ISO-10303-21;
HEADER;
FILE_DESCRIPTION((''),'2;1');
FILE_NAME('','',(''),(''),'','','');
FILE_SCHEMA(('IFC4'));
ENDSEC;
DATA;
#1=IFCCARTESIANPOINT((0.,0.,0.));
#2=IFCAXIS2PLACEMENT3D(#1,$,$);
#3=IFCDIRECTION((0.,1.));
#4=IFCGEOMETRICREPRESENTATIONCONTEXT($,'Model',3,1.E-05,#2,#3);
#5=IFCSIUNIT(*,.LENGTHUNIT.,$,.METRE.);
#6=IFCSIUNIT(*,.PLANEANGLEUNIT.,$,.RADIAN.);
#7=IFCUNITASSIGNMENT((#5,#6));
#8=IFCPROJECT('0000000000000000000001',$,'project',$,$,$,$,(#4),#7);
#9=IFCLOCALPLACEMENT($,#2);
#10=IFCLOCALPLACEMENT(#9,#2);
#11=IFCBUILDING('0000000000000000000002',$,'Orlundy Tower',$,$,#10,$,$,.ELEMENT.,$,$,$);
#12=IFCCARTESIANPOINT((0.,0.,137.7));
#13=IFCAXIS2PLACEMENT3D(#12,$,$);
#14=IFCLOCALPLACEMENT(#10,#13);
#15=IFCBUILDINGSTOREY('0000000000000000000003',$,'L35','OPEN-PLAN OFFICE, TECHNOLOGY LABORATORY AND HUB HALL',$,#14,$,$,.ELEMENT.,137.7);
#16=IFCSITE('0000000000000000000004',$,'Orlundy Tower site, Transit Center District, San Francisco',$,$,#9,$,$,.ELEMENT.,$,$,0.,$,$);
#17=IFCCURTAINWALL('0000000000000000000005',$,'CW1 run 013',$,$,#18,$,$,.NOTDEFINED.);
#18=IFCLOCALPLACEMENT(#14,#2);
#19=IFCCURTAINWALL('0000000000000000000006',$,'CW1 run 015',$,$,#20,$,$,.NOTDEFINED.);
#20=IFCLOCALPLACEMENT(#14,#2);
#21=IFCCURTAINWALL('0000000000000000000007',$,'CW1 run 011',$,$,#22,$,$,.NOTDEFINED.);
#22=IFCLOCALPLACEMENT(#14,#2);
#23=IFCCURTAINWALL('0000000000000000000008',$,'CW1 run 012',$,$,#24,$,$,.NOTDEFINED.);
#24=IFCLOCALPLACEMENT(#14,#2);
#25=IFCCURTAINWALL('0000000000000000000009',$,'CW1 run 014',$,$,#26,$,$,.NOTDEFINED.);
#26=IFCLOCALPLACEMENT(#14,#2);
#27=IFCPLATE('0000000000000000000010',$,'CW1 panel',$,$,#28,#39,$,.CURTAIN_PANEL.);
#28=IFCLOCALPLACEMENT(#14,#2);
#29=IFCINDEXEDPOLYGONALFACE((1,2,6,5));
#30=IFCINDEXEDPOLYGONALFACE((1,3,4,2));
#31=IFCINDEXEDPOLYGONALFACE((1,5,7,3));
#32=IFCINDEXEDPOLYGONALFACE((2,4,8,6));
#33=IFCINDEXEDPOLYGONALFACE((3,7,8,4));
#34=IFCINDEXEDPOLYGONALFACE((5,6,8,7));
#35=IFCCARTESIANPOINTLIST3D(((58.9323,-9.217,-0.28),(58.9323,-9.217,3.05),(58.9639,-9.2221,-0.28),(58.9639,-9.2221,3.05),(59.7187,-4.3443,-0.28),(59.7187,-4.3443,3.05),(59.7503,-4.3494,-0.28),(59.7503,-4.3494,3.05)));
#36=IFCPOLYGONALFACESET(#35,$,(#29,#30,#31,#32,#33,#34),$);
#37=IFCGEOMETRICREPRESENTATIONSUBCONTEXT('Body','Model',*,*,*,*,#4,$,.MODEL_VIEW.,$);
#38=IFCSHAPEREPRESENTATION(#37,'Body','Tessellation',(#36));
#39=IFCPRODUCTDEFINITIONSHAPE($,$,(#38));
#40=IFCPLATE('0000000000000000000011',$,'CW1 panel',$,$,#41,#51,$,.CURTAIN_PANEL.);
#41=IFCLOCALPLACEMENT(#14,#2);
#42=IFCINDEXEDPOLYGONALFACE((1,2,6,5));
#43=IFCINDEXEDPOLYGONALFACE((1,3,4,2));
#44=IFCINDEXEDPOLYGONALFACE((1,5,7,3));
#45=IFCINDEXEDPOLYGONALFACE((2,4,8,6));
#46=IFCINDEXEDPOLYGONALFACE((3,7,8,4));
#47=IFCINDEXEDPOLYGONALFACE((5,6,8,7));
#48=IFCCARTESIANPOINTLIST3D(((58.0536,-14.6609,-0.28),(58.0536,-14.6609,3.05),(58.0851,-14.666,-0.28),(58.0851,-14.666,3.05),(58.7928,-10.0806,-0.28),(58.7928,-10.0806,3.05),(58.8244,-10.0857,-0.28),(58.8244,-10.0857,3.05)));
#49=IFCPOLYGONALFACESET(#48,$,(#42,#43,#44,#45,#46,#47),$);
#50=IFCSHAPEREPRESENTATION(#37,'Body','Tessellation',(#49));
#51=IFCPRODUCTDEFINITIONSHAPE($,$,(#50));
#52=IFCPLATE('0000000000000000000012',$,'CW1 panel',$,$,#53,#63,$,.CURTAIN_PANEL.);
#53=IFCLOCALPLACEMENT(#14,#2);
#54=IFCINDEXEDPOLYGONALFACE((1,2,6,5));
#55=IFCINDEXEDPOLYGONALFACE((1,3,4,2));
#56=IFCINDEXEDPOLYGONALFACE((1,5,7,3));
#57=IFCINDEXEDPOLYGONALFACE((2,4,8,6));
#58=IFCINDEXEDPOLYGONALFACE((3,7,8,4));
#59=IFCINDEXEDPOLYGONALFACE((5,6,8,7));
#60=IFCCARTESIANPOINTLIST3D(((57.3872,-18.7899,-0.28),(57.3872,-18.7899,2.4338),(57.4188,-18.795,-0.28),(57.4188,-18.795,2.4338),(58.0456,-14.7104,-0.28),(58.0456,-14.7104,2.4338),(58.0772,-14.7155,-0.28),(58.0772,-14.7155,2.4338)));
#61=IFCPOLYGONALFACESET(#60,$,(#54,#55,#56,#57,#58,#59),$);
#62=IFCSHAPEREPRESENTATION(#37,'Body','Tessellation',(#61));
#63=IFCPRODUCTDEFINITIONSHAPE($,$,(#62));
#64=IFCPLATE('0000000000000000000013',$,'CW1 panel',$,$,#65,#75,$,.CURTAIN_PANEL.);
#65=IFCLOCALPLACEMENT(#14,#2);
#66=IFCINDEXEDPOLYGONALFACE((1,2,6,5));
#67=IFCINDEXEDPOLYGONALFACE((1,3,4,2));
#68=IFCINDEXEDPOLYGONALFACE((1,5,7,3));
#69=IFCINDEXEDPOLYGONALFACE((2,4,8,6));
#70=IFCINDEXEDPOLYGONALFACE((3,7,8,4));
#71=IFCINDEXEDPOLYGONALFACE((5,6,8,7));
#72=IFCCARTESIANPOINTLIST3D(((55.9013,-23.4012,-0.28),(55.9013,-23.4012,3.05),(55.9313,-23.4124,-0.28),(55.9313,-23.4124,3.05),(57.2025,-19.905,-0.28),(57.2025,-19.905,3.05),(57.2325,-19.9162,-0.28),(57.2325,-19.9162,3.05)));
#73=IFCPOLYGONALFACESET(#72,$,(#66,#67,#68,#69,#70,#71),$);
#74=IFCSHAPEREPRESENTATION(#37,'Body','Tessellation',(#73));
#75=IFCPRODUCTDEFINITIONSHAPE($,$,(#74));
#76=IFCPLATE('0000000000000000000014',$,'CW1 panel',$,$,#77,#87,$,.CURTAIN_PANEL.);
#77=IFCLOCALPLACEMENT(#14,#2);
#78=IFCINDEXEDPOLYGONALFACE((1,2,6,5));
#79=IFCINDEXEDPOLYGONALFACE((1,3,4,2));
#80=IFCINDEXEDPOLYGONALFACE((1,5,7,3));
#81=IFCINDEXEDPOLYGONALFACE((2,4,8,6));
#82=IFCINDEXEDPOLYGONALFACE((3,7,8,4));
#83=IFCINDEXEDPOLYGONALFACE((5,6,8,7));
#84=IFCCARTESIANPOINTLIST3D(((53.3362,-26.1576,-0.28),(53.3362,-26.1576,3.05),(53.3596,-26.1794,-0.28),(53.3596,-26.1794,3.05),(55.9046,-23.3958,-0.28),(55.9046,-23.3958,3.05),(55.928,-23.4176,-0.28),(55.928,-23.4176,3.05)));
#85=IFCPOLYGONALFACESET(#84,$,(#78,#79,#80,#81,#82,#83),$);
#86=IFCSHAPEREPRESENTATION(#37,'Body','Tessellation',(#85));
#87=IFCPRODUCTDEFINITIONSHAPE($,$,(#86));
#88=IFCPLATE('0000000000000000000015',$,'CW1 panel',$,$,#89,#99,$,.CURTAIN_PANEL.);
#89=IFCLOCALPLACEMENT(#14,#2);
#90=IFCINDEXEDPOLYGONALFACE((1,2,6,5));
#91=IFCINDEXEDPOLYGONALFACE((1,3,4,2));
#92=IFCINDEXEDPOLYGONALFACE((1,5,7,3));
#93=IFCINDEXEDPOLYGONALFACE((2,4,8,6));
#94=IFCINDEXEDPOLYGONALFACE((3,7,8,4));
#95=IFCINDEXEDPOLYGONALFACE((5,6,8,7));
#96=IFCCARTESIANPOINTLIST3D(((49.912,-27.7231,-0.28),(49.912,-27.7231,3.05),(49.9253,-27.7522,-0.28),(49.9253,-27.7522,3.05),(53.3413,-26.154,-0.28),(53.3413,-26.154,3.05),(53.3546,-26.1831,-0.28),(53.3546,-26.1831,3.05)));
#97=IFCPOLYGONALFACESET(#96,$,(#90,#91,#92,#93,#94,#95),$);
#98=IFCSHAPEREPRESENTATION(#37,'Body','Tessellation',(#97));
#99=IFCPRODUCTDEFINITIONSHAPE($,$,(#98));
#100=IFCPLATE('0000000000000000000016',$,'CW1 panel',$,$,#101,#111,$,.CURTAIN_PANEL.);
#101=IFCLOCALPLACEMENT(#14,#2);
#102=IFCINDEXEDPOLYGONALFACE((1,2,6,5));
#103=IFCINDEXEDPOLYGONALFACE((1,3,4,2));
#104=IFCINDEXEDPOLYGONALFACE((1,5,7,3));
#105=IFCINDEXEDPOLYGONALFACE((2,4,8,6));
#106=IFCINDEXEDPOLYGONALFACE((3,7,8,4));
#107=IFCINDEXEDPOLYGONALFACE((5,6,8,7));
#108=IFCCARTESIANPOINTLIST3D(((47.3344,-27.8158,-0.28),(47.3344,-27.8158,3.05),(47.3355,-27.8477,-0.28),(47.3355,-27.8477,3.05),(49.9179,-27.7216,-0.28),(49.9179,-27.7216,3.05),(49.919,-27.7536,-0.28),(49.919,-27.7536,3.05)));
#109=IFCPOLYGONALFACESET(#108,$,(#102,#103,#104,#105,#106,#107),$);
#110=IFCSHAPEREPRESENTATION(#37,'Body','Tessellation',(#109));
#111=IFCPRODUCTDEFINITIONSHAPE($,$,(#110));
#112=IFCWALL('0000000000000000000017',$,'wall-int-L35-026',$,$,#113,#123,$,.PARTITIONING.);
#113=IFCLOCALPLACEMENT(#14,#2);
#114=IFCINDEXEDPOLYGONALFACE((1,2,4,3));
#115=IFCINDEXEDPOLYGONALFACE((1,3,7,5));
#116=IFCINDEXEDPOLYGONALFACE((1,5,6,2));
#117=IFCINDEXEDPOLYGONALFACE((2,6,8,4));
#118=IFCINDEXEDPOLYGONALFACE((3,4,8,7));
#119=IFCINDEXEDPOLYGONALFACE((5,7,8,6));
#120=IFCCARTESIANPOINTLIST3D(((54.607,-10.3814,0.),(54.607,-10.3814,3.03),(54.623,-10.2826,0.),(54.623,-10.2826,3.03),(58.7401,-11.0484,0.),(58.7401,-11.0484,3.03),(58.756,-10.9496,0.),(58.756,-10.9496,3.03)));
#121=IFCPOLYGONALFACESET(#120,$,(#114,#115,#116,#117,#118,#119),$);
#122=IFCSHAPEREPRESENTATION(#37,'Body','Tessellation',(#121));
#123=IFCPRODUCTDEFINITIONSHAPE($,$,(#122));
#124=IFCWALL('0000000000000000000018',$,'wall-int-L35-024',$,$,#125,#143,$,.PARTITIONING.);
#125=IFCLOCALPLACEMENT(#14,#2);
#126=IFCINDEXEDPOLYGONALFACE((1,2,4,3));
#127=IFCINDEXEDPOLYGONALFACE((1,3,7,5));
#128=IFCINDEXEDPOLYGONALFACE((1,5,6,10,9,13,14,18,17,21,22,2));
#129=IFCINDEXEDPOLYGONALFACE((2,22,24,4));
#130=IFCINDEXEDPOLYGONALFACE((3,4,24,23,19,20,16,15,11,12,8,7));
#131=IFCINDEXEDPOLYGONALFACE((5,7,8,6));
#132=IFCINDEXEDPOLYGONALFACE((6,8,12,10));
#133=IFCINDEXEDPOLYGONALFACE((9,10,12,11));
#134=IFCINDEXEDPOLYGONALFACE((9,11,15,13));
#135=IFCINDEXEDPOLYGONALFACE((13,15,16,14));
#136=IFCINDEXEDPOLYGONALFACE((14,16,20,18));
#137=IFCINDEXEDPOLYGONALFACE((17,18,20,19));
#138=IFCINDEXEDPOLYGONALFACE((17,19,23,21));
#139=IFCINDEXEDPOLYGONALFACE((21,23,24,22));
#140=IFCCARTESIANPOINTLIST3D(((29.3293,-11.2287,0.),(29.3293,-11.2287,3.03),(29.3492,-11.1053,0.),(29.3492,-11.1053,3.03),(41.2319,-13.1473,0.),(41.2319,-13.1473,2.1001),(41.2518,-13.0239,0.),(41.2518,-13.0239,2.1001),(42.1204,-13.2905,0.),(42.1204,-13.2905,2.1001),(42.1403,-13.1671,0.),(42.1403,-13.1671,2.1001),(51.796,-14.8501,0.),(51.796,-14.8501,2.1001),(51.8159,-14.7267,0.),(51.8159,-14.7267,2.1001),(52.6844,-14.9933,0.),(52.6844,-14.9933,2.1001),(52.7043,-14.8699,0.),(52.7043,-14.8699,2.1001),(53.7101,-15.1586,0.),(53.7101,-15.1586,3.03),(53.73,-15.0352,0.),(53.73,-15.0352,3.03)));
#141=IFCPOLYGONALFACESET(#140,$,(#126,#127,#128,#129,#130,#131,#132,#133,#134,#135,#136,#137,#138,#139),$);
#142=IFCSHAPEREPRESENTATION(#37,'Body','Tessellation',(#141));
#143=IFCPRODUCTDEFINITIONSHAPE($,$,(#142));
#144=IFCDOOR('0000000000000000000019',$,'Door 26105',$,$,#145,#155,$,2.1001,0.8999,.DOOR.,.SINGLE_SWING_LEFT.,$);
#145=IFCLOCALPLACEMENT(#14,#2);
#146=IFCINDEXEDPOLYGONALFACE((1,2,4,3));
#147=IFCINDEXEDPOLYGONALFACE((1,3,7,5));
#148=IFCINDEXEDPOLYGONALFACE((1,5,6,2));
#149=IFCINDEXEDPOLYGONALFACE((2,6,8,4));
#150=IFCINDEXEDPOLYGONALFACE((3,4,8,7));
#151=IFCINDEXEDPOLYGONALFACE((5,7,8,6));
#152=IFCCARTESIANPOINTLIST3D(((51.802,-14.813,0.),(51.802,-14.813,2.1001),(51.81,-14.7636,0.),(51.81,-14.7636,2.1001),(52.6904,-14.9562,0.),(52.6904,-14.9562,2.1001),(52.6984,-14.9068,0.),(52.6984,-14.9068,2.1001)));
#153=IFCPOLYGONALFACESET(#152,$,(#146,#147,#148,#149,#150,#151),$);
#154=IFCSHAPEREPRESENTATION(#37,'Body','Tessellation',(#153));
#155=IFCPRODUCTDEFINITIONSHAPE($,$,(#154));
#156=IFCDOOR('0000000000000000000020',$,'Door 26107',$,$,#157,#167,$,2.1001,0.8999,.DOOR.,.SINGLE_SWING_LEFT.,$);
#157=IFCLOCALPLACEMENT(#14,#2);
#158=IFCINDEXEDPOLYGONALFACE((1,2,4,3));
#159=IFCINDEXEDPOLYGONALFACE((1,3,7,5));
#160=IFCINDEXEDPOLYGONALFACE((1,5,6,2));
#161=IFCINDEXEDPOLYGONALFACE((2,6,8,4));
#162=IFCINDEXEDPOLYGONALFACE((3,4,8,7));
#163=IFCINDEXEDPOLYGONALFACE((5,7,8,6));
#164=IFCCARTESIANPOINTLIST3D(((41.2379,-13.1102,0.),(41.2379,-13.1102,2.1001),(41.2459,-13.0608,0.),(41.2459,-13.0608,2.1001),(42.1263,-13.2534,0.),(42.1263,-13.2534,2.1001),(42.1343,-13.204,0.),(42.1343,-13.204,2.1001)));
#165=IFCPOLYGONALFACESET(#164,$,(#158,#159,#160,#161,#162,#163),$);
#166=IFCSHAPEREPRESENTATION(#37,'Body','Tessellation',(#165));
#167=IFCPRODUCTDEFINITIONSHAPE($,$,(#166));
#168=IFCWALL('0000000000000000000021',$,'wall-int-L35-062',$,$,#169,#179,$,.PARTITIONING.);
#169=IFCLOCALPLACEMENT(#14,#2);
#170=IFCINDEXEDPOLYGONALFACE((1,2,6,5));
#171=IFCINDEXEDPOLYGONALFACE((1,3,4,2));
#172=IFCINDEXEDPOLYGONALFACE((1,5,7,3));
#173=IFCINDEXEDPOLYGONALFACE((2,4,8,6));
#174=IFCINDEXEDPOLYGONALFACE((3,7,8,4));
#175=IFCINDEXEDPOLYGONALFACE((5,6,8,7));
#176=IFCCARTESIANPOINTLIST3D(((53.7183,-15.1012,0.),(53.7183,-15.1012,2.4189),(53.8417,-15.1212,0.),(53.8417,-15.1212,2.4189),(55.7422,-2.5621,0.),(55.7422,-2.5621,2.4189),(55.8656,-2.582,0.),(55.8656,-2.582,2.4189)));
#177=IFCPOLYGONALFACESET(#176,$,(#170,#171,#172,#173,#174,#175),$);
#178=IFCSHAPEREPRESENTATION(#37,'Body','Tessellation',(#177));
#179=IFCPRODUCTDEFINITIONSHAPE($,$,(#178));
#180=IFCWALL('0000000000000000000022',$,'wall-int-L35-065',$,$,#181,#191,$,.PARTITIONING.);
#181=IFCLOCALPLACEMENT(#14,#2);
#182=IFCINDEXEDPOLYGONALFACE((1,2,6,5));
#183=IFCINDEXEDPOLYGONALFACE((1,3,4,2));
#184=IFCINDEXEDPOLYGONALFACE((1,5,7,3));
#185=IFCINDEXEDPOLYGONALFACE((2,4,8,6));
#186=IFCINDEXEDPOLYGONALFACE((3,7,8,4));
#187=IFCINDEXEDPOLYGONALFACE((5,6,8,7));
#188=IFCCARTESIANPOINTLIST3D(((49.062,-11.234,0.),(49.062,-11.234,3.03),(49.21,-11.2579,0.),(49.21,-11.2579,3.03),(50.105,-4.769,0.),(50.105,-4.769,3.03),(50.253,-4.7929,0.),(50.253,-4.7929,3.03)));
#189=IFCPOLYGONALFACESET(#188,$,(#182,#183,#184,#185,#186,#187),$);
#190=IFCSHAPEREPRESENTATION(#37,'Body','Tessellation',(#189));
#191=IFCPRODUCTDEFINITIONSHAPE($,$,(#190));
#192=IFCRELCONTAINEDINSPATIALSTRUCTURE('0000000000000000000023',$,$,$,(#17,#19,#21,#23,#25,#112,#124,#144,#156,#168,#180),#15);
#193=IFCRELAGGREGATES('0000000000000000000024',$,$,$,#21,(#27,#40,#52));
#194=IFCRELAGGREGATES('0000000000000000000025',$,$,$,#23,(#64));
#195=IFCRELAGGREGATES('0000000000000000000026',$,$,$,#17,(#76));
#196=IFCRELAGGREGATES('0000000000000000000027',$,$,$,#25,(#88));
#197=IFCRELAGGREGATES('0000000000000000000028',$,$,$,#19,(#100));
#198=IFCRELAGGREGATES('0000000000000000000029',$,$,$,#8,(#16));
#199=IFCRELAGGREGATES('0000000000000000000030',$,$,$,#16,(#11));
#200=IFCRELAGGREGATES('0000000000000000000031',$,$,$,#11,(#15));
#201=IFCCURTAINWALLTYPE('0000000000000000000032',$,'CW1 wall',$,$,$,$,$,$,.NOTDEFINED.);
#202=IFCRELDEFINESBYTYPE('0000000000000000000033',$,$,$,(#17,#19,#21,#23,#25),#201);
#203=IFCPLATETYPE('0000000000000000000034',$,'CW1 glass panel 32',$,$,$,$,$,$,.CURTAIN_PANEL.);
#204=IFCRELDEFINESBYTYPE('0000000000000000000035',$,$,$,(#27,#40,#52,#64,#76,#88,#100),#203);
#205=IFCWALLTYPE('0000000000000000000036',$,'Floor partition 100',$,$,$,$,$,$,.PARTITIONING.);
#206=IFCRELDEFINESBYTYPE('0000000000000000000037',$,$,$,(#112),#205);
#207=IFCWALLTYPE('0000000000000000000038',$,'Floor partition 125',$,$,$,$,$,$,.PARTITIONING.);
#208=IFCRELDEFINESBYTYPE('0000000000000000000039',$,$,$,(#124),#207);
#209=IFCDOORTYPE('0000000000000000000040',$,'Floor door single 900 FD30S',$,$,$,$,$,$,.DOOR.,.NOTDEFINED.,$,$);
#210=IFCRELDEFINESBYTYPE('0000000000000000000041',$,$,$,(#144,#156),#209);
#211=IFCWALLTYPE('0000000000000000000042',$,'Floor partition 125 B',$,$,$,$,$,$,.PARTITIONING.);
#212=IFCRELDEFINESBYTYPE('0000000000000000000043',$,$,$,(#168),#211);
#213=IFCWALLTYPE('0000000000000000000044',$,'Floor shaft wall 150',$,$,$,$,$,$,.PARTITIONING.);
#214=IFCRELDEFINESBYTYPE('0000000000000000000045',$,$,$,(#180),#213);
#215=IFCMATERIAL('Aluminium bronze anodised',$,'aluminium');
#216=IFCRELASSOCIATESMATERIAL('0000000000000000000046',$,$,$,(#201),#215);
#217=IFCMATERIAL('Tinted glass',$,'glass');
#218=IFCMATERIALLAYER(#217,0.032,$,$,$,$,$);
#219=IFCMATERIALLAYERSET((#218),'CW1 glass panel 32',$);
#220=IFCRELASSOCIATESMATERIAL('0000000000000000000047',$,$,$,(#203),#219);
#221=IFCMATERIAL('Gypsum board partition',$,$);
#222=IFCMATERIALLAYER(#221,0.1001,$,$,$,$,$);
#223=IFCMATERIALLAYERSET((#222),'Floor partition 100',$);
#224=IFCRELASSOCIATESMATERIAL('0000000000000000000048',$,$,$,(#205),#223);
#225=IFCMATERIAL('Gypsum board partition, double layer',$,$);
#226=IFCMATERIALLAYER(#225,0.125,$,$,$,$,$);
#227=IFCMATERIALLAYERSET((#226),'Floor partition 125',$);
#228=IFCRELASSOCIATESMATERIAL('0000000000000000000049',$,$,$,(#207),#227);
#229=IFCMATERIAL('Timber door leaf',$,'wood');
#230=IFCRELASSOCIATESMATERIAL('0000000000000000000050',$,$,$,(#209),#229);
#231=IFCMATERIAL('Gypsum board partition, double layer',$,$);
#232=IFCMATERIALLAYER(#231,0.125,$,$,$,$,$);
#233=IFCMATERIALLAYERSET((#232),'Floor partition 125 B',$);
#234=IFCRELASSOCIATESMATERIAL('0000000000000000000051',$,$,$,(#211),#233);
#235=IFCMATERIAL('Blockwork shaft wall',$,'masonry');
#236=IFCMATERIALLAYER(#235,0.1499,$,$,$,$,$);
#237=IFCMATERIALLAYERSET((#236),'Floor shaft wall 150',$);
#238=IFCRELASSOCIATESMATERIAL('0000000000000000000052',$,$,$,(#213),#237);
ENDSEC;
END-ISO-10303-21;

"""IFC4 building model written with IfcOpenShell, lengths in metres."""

from ifc_helpers import new_model, si_unit, direction, frame, frame_2d, origin, origin_2d, place, context, subcontext, project, spatial, rectangle, extrude, material, layer, layer_set, type_object, element, fill, aggregate, save


model = new_model("IFC4")

# Units and contexts
model_context = context("Model", 3, precision=1e-05, world=origin(), true_north=direction((0.0, 1.0)))
body_context = subcontext(model_context, "Body", "Model", "MODEL_VIEW")
ifc_project = project(units=[si_unit("LENGTHUNIT", "METRE"), si_unit("PLANEANGLEUNIT", "RADIAN")], contexts=[model_context])

# Site, building, storey
site_placement = place(None, origin())
site = spatial("IfcSite", under=ifc_project, at=site_placement, Name="Orlundy Tower site, Transit Center District, San Francisco", CompositionType="ELEMENT", RefElevation=0.0)
building_placement = place(site_placement, origin())
building = spatial("IfcBuilding", under=site, at=building_placement, Name="Orlundy Tower", CompositionType="ELEMENT")
storey_placement = place(building_placement, frame((0.0, 0.0, 137.7)))
storey = spatial("IfcBuildingStorey", under=building, at=storey_placement, Name="L35", Description="OPEN-PLAN OFFICE, TECHNOLOGY LABORATORY AND HUB HALL", CompositionType="ELEMENT", Elevation=137.7)

# Curtain walls
ifc_material_1 = material(Name="Aluminium bronze anodised", Category="aluminium")
curtain_wall_type = type_object("IfcCurtainWallType", Name="CW1 wall", PredefinedType="NOTDEFINED", material=ifc_material_1)
curtain_wall_1_placement = place(storey_placement, origin())
curtain_wall_1 = element("IfcCurtainWall", 1, at=curtain_wall_1_placement, inside=storey, type_object=curtain_wall_type, Name="CW1 run 013", PredefinedType="NOTDEFINED")
curtain_wall_2_placement = place(storey_placement, origin())
curtain_wall_2 = element("IfcCurtainWall", 2, at=curtain_wall_2_placement, inside=storey, type_object=curtain_wall_type, Name="CW1 run 015", PredefinedType="NOTDEFINED")
curtain_wall_3_placement = place(storey_placement, origin())
curtain_wall_3 = element("IfcCurtainWall", 3, at=curtain_wall_3_placement, inside=storey, type_object=curtain_wall_type, Name="CW1 run 011", PredefinedType="NOTDEFINED")
curtain_wall_4_placement = place(storey_placement, origin())
curtain_wall_4 = element("IfcCurtainWall", 4, at=curtain_wall_4_placement, inside=storey, type_object=curtain_wall_type, Name="CW1 run 012", PredefinedType="NOTDEFINED")

# Curtain wall
curtain_wall_5_placement = place(storey_placement, origin())
curtain_wall_5 = element("IfcCurtainWall", 5, at=curtain_wall_5_placement, inside=storey, type_object=curtain_wall_type, Name="CW1 run 014", PredefinedType="NOTDEFINED")

# Plates
ifc_material_2 = material(Name="Tinted glass", Category="glass")
ifc_layer_1 = layer(ifc_material_2, 0.032)
ifc_layer_set_1 = layer_set([ifc_layer_1], Name="CW1 glass panel 32")
plate_type = type_object("IfcPlateType", Name="CW1 glass panel 32", PredefinedType="CURTAIN_PANEL", material=ifc_layer_set_1)
plate_1_placement = place(storey_placement, frame((59.3413, -6.7832, -0.28), z_axis=(0.0, 0.0, 1.0), x_axis=(-0.159331, -0.987225, 0.0)))
plate_1 = element("IfcPlate", 6, at=plate_1_placement, type_object=plate_type, Name="CW1 panel", PredefinedType="CURTAIN_PANEL", context=body_context, shape_type="SweptSolid", body=[
    extrude(rectangle(XDim=4.9358, YDim=0.032, at=origin_2d()), origin(), (0.0, 0.0, 1.0), 3.3301),
])
plate_2_placement = place(storey_placement, frame((58.439, -12.3733, -0.28), z_axis=(0.0, 0.0, 1.0), x_axis=(-0.159331, -0.987225, 0.0)))
plate_2 = element("IfcPlate", 7, at=plate_2_placement, type_object=plate_type, Name="CW1 panel", PredefinedType="CURTAIN_PANEL", context=body_context, shape_type="SweptSolid", body=[
    extrude(rectangle(XDim=4.6396, YDim=0.032, at=origin_2d()), origin(), (0.0, 0.0, 1.0), 3.3301),
])
plate_3_placement = place(storey_placement, frame((57.7322, -16.7527, -0.28), z_axis=(0.0, 0.0, 1.0), x_axis=(-0.159331, -0.987225, 0.0)))
plate_3 = element("IfcPlate", 8, at=plate_3_placement, type_object=plate_type, Name="CW1 panel", PredefinedType="CURTAIN_PANEL", context=body_context, shape_type="SweptSolid", body=[
    extrude(rectangle(XDim=4.1323, YDim=0.032, at=origin_2d()), origin(), (0.0, 0.0, 1.0), 2.7139),
])
aggregate(curtain_wall_3, [plate_1, plate_2, plate_3])
plate_4_placement = place(storey_placement, frame((56.5669, -21.6587, -0.28), z_axis=(0.0, 0.0, 1.0), x_axis=(-0.348816, -0.937191, 0.0)))
plate_4 = element("IfcPlate", 9, at=plate_4_placement, type_object=plate_type, Name="CW1 panel", PredefinedType="CURTAIN_PANEL", context=body_context, shape_type="SweptSolid", body=[
    extrude(rectangle(XDim=3.7305, YDim=0.032, at=origin_2d()), origin(), (0.0, 0.0, 1.0), 3.3301),
])
aggregate(curtain_wall_4, [plate_4])
plate_5_placement = place(storey_placement, frame((54.6321, -24.7876, -0.28), z_axis=(0.0, 0.0, 1.0), x_axis=(-0.68101, -0.732274, 0.0)))
plate_5 = element("IfcPlate", 10, at=plate_5_placement, type_object=plate_type, Name="CW1 panel", PredefinedType="CURTAIN_PANEL", context=body_context, shape_type="SweptSolid", body=[
    extrude(rectangle(XDim=3.7715, YDim=0.032, at=origin_2d()), origin(), (0.0, 0.0, 1.0), 3.3301),
])
aggregate(curtain_wall_1, [plate_5])
plate_6_placement = place(storey_placement, frame((51.6333, -26.9531, -0.28), z_axis=(0.0, 0.0, 1.0), x_axis=(-0.909329, -0.416079, 0.0)))
plate_6 = element("IfcPlate", 11, at=plate_6_placement, type_object=plate_type, Name="CW1 panel", PredefinedType="CURTAIN_PANEL", context=body_context, shape_type="SweptSolid", body=[
    extrude(rectangle(XDim=3.7712, YDim=0.032, at=origin_2d()), origin(), (0.0, 0.0, 1.0), 3.3301),
])
aggregate(curtain_wall_5, [plate_6])
plate_7_placement = place(storey_placement, frame((48.6267, -27.7847, -0.28), z_axis=(0.0, 0.0, 1.0), x_axis=(-0.999337, -0.036413, 0.0)))
plate_7 = element("IfcPlate", 12, at=plate_7_placement, type_object=plate_type, Name="CW1 panel", PredefinedType="CURTAIN_PANEL", context=body_context, shape_type="SweptSolid", body=[
    extrude(rectangle(XDim=2.5852, YDim=0.032, at=origin_2d()), origin(), (0.0, 0.0, 1.0), 3.3301),
])
aggregate(curtain_wall_2, [plate_7])

# Wall
ifc_material_3 = material(Name="Gypsum board partition")
ifc_layer_2 = layer(ifc_material_3, 0.1001)
ifc_layer_set_2 = layer_set([ifc_layer_2], Name="Floor partition 100")
wall_type_1 = type_object("IfcWallType", Name="Floor partition 100", PredefinedType="PARTITIONING", material=ifc_layer_set_2)
wall_1_placement = place(storey_placement, frame((54.615, -10.332, 0.0), z_axis=(0.0, 0.0, 1.0), x_axis=(0.987227, -0.159319, 0.0)))
element("IfcWall", 13, at=wall_1_placement, inside=storey, type_object=wall_type_1, Name="wall-int-L35-026", PredefinedType="PARTITIONING", context=body_context, shape_type="SweptSolid", body=[
    extrude(rectangle(XDim=4.1865, YDim=0.1001, at=frame_2d((2.0933, 0.0))), origin(), (0.0, 0.0, 1.0), 3.03),
])

# Wall, openings, doors
ifc_material_4 = material(Name="Gypsum board partition, double layer")
ifc_layer_3 = layer(ifc_material_4, 0.125)
ifc_layer_set_3 = layer_set([ifc_layer_3], Name="Floor partition 125")
wall_type_2 = type_object("IfcWallType", Name="Floor partition 125", PredefinedType="PARTITIONING", material=ifc_layer_set_3)
wall_2_placement = place(storey_placement, frame((53.72, -15.0969, 0.0), z_axis=(0.0, 0.0, 1.0), x_axis=(-0.987257, 0.159135, 0.0)))
wall_2 = element("IfcWall", 14, at=wall_2_placement, inside=storey, type_object=wall_type_2, Name="wall-int-L35-024", PredefinedType="PARTITIONING", context=body_context, shape_type="SweptSolid", body=[
    extrude(rectangle(XDim=24.6956, YDim=0.125, at=frame_2d((12.3477, 0.0))), origin(), (0.0, 0.0, 1.0), 3.03),
])
opening_1_placement = place(wall_2_placement, frame((1.0388, 0.0, 0.0)))
opening_1 = element("IfcOpeningElement", 15, at=opening_1_placement, cuts=wall_2, PredefinedType="OPENING", context=body_context, shape_type="SweptSolid", body=[
    extrude(rectangle(XDim=0.8999, YDim=2.1001, at=frame_2d((0.45, 1.05))), frame((0.0, 0.0725, 0.0), z_axis=(0.0, -1.0, 0.0), x_axis=(1.0, 0.0, 0.0)), (0.0, 0.0, 1.0), 0.145),
])
opening_2_placement = place(wall_2_placement, frame((11.7393, 0.0, 0.0)))
opening_2 = element("IfcOpeningElement", 16, at=opening_2_placement, cuts=wall_2, PredefinedType="OPENING", context=body_context, shape_type="SweptSolid", body=[
    extrude(rectangle(XDim=0.8999, YDim=2.1001, at=frame_2d((0.45, 1.05))), frame((0.0, 0.0725, 0.0), z_axis=(0.0, -1.0, 0.0), x_axis=(1.0, 0.0, 0.0)), (0.0, 0.0, 1.0), 0.145),
])
ifc_material_5 = material(Name="Timber door leaf", Category="wood")
door_type_1 = type_object("IfcDoorType", Name="Floor door single 900 FD30S", OperationType="NOTDEFINED", PredefinedType="DOOR", material=ifc_material_5)
door_1_placement = place(opening_1_placement, origin())
door_1 = element("IfcDoor", 17, at=door_1_placement, inside=storey, type_object=door_type_1, Name="Door 26105", OperationType="SINGLE_SWING_LEFT", OverallHeight=2.1001, OverallWidth=0.8999, PredefinedType="DOOR", context=body_context, shape_type="SweptSolid", body=[
    extrude(rectangle(XDim=0.8999, YDim=2.1001, at=frame_2d((0.45, 1.05))), frame((0.0, 0.0249, 0.0), z_axis=(0.0, -1.0, 0.0), x_axis=(1.0, 0.0, 0.0)), (0.0, 0.0, 1.0), 0.05),
])
fill(opening_1, door_1)
door_2_placement = place(opening_2_placement, origin())
door_2 = element("IfcDoor", 18, at=door_2_placement, inside=storey, type_object=door_type_1, Name="Door 26107", OperationType="SINGLE_SWING_LEFT", OverallHeight=2.1001, OverallWidth=0.8999, PredefinedType="DOOR", context=body_context, shape_type="SweptSolid", body=[
    extrude(rectangle(XDim=0.8999, YDim=2.1001, at=frame_2d((0.45, 1.05))), frame((0.0, 0.0249, 0.0), z_axis=(0.0, -1.0, 0.0), x_axis=(1.0, 0.0, 0.0)), (0.0, 0.0, 1.0), 0.05),
])
fill(opening_2, door_2)

# Walls
ifc_material_6 = material(Name="Gypsum board partition, double layer")
ifc_layer_4 = layer(ifc_material_6, 0.125)
ifc_layer_set_4 = layer_set([ifc_layer_4], Name="Floor partition 125 B")
wall_type_3 = type_object("IfcWallType", Name="Floor partition 125 B", PredefinedType="PARTITIONING", material=ifc_layer_set_4)
wall_3_placement = place(storey_placement, frame((53.78, -15.1111, 0.0), z_axis=(0.0, 0.0, 1.0), x_axis=(0.159347, 0.987223, 0.0)))
element("IfcWall", 19, at=wall_3_placement, inside=storey, type_object=wall_type_3, Name="wall-int-L35-062", PredefinedType="PARTITIONING", context=body_context, shape_type="SweptSolid", body=[
    extrude(rectangle(XDim=12.7014, YDim=0.125, at=frame_2d((6.3506, 0.0))), origin(), (0.0, 0.0, 1.0), 2.4189),
])
ifc_material_7 = material(Name="Blockwork shaft wall", Category="masonry")
ifc_layer_5 = layer(ifc_material_7, 0.1499)
ifc_layer_set_5 = layer_set([ifc_layer_5], Name="Floor shaft wall 150")
wall_type_4 = type_object("IfcWallType", Name="Floor shaft wall 150", PredefinedType="PARTITIONING", material=ifc_layer_set_5)
wall_4_placement = place(storey_placement, frame((49.136, -11.2461, 0.0), z_axis=(0.0, 0.0, 1.0), x_axis=(0.159264, 0.987236, 0.0)))
element("IfcWall", 20, at=wall_4_placement, inside=storey, type_object=wall_type_4, Name="wall-int-L35-065", PredefinedType="PARTITIONING", context=body_context, shape_type="SweptSolid", body=[
    extrude(rectangle(XDim=6.5486, YDim=0.1499, at=frame_2d((3.2744, 0.0))), origin(), (0.0, 0.0, 1.0), 3.03),
])

save(model, "model.ifc")
